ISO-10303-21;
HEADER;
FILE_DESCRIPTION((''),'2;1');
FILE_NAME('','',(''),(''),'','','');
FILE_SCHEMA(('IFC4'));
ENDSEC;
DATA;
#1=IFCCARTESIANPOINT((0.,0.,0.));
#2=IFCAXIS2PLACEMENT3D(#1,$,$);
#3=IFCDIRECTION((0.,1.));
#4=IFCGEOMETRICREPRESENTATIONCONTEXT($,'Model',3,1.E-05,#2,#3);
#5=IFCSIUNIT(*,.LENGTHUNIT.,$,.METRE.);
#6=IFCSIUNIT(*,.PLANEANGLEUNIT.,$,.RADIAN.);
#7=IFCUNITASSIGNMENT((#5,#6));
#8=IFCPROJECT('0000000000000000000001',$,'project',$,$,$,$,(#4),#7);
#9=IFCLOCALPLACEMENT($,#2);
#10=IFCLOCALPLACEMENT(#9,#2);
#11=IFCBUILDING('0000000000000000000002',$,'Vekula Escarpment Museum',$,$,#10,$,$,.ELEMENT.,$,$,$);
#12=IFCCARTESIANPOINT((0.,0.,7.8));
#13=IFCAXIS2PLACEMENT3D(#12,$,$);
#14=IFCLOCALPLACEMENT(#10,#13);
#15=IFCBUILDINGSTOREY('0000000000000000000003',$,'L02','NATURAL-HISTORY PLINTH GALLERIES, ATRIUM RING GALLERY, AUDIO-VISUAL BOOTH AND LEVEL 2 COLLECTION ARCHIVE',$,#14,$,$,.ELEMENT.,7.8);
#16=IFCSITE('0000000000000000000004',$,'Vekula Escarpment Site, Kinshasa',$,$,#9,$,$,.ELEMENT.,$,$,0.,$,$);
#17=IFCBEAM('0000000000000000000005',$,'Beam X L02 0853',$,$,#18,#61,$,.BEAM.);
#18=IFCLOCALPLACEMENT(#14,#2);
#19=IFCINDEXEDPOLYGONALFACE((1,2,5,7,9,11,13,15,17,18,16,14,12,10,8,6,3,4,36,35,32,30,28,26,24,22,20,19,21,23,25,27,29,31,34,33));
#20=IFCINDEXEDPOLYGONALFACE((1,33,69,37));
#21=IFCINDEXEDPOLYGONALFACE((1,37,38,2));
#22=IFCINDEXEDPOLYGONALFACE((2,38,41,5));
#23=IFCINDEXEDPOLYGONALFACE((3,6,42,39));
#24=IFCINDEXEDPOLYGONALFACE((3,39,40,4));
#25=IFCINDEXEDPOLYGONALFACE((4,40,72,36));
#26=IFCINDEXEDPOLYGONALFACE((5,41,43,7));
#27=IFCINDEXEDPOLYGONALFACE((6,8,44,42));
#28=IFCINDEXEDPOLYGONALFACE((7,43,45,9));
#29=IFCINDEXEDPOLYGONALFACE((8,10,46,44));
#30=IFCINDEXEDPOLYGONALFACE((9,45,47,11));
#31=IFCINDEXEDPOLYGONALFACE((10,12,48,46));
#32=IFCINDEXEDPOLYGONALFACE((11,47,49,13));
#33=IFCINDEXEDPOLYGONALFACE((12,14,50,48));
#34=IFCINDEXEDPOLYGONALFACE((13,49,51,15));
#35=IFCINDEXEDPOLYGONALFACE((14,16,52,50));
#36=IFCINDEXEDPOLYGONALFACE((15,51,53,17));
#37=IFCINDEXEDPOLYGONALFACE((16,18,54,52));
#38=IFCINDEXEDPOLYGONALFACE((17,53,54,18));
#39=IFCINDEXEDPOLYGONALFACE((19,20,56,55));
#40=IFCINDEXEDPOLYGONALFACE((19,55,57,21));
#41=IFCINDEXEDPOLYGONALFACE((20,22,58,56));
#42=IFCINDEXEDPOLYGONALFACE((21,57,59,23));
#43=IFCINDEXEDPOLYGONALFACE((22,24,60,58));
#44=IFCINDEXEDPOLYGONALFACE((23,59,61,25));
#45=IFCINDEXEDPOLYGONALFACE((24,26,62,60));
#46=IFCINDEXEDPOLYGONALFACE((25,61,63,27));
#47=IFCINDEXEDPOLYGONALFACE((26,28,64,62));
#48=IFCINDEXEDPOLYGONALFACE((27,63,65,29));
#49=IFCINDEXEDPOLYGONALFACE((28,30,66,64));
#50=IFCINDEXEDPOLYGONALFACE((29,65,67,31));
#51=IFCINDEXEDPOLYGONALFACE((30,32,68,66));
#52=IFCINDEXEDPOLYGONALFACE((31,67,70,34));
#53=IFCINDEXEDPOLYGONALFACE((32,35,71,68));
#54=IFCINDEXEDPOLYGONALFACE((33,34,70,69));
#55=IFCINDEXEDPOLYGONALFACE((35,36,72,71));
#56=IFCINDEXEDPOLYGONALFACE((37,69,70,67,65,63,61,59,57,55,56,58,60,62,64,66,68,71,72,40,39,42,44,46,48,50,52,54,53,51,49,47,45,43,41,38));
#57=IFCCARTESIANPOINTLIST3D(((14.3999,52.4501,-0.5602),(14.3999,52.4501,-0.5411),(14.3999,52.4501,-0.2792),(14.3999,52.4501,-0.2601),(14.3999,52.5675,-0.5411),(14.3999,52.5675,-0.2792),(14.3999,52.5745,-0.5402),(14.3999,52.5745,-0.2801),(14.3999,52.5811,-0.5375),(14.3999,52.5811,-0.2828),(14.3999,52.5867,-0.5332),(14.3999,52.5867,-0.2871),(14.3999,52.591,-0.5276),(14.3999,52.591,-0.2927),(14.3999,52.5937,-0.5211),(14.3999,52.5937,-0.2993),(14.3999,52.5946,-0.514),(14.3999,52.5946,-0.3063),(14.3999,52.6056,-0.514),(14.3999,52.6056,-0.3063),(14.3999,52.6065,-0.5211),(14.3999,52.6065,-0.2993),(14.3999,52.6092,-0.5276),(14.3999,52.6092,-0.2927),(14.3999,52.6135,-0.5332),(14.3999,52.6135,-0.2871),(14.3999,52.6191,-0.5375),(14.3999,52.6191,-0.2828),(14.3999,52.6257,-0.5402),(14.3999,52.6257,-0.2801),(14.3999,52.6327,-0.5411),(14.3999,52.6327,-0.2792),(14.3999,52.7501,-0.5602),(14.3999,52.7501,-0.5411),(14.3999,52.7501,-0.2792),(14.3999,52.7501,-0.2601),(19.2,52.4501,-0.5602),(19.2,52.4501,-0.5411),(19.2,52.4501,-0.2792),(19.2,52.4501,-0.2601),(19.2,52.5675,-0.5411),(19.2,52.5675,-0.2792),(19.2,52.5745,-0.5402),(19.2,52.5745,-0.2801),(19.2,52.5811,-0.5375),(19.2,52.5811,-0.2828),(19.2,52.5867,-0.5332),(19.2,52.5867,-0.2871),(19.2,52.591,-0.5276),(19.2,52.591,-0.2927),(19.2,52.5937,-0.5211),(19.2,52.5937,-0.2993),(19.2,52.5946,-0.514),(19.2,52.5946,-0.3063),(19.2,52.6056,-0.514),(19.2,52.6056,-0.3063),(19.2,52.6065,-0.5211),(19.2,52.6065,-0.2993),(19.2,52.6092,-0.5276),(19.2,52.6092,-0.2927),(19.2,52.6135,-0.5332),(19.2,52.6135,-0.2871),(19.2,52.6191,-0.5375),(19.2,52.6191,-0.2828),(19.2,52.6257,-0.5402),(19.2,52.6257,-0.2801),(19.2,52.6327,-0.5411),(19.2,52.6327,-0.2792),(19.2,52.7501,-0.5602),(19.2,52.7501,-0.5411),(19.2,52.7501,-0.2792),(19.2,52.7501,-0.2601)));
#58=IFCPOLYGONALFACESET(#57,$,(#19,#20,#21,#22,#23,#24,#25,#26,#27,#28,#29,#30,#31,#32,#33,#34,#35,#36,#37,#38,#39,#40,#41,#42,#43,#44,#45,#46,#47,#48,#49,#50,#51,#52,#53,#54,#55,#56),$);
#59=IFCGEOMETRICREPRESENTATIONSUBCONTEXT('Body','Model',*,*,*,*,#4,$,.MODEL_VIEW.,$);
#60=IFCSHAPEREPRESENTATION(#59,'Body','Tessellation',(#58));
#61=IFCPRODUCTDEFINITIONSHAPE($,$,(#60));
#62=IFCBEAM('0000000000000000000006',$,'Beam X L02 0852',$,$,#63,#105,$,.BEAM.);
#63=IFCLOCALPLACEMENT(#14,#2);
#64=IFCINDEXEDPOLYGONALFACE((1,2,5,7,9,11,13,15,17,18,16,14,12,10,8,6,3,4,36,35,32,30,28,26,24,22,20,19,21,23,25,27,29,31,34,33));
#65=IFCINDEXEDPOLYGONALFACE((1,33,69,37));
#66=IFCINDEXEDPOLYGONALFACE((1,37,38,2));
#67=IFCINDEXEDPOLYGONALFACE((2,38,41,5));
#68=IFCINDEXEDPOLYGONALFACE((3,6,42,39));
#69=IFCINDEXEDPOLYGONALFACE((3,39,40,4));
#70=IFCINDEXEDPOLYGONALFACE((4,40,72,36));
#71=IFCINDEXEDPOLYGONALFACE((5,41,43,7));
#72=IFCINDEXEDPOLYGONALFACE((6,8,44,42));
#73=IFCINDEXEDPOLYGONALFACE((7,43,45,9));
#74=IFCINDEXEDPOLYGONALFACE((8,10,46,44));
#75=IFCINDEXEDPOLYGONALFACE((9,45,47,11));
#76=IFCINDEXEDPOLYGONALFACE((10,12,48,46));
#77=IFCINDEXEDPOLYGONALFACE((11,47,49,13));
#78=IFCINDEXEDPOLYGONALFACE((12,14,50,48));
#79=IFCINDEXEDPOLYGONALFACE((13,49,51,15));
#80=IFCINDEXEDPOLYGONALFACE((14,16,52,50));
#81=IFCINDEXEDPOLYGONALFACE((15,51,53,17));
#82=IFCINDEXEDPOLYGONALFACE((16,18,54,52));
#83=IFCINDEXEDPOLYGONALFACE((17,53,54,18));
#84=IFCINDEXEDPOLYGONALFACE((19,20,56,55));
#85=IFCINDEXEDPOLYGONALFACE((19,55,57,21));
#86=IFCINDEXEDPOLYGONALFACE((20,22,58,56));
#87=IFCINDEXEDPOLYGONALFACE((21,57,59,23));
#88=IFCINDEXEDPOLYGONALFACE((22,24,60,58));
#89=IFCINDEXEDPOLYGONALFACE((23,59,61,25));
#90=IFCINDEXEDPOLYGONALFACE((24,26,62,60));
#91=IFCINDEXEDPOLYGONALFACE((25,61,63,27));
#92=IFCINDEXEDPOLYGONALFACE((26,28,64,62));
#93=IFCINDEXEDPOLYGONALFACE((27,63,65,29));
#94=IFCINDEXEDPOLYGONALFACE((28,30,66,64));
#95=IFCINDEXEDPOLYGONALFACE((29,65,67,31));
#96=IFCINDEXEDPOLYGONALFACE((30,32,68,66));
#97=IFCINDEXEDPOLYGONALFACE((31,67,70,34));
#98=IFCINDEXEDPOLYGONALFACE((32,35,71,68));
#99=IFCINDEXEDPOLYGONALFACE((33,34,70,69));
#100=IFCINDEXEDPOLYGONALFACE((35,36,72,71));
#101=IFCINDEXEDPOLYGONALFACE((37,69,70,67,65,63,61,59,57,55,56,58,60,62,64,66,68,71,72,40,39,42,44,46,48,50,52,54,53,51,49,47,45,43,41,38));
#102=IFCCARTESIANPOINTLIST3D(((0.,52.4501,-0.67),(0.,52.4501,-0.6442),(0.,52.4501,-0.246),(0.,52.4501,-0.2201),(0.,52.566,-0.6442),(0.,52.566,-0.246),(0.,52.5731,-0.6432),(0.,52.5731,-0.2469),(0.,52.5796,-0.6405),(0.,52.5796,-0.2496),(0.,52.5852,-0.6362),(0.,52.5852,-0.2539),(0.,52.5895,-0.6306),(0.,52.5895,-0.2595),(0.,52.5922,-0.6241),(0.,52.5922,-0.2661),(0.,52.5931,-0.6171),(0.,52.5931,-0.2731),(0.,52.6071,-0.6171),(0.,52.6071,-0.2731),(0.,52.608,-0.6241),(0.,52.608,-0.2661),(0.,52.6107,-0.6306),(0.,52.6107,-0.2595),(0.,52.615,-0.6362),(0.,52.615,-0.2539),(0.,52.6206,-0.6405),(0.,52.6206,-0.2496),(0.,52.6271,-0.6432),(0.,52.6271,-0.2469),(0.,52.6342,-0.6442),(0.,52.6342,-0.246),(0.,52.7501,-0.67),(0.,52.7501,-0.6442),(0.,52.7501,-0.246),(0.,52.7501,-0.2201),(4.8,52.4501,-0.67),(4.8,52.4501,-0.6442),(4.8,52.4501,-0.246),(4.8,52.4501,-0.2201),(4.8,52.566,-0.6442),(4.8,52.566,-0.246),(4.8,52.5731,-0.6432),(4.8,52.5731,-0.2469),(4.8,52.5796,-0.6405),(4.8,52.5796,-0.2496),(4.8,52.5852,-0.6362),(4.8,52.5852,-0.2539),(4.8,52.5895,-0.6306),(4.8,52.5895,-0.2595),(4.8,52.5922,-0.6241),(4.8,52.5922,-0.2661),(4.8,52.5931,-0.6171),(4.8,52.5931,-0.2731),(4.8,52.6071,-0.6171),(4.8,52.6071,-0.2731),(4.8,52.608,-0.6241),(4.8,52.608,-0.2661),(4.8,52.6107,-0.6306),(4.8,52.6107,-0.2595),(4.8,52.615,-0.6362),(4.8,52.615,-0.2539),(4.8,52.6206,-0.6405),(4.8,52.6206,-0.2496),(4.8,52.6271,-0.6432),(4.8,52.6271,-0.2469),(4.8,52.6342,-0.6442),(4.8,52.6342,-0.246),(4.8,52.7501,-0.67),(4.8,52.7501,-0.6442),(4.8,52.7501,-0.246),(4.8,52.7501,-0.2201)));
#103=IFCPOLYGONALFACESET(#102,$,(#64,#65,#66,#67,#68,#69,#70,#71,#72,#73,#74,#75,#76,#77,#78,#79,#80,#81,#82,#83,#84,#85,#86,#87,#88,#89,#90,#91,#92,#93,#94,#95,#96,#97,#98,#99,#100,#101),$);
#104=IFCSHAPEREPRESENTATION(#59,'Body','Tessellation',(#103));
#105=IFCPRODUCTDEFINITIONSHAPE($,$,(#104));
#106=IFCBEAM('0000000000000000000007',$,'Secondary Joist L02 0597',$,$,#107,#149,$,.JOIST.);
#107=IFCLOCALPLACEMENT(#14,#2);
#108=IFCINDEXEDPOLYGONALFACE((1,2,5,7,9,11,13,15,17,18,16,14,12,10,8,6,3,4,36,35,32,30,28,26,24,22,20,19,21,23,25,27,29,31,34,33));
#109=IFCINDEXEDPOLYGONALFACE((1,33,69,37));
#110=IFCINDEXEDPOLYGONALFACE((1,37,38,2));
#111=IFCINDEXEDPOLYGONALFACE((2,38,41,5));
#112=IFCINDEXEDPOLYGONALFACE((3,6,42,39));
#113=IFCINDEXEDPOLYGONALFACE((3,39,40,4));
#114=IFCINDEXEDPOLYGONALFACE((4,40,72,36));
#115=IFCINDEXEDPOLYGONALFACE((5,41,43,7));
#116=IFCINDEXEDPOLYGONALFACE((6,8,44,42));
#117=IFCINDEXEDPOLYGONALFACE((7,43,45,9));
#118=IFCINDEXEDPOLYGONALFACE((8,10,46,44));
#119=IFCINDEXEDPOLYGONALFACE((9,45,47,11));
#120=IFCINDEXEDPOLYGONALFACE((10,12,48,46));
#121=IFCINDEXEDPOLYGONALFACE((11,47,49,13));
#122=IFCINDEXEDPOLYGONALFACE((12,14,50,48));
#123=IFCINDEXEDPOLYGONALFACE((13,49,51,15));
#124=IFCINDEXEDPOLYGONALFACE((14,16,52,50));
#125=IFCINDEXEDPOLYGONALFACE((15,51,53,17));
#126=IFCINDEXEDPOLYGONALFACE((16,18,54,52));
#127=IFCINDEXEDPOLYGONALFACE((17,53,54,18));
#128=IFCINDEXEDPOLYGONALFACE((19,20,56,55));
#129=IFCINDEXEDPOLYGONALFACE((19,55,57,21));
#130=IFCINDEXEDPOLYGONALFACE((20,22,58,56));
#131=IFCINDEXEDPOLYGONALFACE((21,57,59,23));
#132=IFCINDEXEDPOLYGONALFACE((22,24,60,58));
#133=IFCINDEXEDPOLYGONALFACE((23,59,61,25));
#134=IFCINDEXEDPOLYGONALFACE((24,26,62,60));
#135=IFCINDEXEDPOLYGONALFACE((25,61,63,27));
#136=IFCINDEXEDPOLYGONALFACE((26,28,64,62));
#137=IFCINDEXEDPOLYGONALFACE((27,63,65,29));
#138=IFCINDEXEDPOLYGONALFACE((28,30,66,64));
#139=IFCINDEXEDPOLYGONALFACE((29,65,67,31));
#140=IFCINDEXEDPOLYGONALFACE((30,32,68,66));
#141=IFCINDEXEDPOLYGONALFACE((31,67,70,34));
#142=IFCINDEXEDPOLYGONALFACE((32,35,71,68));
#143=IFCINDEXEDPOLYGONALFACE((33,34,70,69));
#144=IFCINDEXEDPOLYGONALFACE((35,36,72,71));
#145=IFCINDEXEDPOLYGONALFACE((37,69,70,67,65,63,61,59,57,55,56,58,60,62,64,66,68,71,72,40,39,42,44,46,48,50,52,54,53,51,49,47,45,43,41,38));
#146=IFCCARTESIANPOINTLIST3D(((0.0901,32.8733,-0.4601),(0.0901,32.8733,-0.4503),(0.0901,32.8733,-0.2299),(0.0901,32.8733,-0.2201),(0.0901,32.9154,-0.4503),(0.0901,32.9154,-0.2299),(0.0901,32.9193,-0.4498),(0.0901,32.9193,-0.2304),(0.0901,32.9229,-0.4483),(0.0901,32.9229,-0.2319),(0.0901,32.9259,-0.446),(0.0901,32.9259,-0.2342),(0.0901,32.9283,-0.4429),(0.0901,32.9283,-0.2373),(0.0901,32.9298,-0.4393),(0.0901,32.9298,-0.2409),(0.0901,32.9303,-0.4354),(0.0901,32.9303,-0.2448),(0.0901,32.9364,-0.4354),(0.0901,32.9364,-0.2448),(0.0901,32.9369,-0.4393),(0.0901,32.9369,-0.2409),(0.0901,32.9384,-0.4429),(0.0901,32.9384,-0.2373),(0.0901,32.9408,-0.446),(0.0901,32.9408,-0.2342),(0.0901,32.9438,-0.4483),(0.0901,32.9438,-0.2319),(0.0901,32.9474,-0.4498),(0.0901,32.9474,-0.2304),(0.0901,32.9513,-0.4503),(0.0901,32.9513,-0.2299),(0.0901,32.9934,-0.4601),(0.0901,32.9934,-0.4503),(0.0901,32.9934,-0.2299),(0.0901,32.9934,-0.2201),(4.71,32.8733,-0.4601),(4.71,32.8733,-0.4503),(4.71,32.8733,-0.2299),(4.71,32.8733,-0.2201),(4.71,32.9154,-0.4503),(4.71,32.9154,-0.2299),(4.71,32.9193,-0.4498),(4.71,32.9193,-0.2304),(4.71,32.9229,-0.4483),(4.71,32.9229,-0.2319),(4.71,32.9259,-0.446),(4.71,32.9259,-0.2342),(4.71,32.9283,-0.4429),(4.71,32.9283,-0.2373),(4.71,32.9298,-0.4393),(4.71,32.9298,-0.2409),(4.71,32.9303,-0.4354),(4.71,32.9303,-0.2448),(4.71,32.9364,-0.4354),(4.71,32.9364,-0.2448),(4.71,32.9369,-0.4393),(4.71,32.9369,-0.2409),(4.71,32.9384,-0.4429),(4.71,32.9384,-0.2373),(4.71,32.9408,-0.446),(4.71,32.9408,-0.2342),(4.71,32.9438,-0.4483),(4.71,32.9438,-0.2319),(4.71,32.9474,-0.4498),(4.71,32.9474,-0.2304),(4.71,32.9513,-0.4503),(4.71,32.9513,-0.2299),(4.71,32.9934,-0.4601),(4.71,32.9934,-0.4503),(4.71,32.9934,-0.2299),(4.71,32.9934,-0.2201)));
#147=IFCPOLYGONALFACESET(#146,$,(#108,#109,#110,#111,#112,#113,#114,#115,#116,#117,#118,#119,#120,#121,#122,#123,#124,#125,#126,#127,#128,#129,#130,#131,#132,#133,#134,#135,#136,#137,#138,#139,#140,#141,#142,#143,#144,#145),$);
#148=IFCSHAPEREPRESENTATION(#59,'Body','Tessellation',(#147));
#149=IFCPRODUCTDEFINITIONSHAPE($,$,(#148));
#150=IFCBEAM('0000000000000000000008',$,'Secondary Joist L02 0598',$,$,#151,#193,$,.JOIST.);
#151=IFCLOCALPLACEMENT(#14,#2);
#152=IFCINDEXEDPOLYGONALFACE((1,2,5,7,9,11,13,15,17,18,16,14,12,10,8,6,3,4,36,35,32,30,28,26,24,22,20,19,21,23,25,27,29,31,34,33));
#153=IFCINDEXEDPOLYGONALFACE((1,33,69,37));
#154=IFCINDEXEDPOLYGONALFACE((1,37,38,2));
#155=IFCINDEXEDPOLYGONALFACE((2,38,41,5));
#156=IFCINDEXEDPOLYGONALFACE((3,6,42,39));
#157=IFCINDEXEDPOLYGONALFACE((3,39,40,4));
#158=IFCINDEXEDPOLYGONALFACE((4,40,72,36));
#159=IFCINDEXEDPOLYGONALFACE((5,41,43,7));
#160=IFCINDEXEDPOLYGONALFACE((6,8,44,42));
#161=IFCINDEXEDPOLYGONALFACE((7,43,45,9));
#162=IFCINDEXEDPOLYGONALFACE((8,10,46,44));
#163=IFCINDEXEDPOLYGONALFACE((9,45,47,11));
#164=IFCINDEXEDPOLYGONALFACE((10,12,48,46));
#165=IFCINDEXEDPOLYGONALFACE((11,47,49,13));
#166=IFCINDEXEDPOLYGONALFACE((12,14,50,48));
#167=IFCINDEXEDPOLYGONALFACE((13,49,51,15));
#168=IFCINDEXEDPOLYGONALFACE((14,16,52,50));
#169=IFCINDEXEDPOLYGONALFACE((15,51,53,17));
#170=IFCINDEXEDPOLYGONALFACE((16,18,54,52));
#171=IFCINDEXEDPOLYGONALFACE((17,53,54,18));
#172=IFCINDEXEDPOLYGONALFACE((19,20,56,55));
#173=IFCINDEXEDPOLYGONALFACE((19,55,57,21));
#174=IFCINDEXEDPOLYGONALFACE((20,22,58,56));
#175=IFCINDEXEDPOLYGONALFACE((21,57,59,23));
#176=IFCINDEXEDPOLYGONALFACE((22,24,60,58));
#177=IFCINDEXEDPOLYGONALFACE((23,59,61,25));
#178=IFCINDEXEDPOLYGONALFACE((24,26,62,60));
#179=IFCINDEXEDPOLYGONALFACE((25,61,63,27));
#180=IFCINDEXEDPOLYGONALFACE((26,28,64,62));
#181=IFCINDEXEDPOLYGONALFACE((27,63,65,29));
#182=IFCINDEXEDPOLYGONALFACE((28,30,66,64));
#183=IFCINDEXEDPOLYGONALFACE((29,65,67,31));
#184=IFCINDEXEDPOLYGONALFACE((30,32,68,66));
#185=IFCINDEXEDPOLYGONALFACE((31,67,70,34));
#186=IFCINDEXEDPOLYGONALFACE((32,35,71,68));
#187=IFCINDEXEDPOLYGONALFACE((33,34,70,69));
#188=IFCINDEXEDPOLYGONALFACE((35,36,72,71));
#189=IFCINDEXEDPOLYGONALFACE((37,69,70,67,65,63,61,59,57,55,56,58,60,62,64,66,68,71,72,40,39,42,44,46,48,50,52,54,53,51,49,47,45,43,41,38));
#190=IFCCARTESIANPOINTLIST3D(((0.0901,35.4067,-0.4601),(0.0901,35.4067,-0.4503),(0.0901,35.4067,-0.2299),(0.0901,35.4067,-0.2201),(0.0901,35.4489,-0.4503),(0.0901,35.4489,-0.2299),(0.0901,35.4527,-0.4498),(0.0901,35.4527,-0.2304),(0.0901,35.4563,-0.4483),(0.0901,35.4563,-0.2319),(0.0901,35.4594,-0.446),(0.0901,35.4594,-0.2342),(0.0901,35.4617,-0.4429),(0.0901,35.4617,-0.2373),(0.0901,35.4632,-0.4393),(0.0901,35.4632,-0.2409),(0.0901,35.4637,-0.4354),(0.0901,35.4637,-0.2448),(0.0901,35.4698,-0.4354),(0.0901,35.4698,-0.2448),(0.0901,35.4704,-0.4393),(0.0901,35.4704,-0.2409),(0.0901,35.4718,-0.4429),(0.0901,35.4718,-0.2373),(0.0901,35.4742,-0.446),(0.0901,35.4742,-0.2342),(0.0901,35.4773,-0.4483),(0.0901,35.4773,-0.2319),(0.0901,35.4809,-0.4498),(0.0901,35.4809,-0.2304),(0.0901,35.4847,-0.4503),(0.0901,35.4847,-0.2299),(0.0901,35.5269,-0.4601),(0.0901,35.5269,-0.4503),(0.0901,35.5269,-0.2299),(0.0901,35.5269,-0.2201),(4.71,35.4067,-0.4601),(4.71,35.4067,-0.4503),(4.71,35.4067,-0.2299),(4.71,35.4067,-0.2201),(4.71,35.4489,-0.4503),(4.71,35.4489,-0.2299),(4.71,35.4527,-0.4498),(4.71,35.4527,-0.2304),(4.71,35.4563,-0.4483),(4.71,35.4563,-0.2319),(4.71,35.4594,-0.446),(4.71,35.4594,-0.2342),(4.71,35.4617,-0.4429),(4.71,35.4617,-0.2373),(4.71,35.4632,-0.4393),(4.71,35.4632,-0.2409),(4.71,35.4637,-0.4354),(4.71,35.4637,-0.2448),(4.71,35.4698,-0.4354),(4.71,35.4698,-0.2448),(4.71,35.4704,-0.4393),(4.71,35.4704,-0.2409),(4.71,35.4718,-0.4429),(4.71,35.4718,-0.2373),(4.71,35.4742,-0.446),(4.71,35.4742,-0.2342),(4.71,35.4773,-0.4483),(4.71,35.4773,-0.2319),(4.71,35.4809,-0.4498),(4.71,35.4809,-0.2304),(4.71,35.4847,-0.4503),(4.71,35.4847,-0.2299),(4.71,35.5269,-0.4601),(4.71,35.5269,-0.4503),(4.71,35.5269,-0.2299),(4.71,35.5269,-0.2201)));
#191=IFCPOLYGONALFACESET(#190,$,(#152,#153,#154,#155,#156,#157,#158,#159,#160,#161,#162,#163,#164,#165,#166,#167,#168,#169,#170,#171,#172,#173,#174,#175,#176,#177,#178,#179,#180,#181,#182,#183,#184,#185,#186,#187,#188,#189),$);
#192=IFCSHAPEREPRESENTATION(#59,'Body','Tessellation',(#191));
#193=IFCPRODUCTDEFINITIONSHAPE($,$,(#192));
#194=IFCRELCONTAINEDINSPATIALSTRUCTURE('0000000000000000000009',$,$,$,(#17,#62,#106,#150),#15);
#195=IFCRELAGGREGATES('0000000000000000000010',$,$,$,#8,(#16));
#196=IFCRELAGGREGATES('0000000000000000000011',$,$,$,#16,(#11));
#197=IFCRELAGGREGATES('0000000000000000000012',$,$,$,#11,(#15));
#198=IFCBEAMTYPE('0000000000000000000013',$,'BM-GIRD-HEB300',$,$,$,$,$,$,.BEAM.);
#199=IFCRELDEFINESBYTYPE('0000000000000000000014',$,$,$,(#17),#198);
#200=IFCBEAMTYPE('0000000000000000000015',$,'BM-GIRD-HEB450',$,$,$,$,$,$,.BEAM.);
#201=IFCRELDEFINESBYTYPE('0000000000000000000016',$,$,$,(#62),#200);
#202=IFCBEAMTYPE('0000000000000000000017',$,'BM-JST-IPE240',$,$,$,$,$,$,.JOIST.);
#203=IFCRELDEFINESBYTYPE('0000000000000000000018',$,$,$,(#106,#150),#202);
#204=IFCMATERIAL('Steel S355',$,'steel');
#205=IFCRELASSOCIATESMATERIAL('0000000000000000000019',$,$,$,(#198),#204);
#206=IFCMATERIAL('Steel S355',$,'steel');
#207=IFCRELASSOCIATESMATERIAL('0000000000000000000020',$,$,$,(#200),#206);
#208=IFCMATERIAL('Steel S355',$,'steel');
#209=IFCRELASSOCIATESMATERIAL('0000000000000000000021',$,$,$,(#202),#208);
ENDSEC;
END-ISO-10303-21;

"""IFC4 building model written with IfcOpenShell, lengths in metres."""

from ifc_helpers import new_model, si_unit, direction, frame, origin, origin_2d, place, context, subcontext, project, spatial, i_section, extrude, material, material_profile, profile_set, type_object, element, save


model = new_model("IFC4")

# Units and contexts
model_context = context("Model", 3, precision=1e-05, world=origin(), true_north=direction((0.0, 1.0)))
body_context = subcontext(model_context, "Body", "Model", "MODEL_VIEW")
ifc_project = project(units=[si_unit("LENGTHUNIT", "METRE"), si_unit("PLANEANGLEUNIT", "RADIAN")], contexts=[model_context])

# Site, building, storey
site_placement = place(None, origin())
site = spatial("IfcSite", under=ifc_project, at=site_placement, Name="Vekula Escarpment Site, Kinshasa", CompositionType="ELEMENT", RefElevation=0.0)
building_placement = place(site_placement, origin())
building = spatial("IfcBuilding", under=site, at=building_placement, Name="Vekula Escarpment Museum", CompositionType="ELEMENT")
storey_placement = place(building_placement, frame((0.0, 0.0, 7.8)))
storey = spatial("IfcBuildingStorey", under=building, at=storey_placement, Name="L02", Description="NATURAL-HISTORY PLINTH GALLERIES, ATRIUM RING GALLERY, AUDIO-VISUAL BOOTH AND LEVEL 2 COLLECTION ARCHIVE", CompositionType="ELEMENT", Elevation=7.8)

# Beams
ifc_material_1 = material(Name="Steel S355", Category="steel")
ifc_material_profile_1 = material_profile(ifc_material_1, i_section(OverallWidth=0.3, OverallDepth=0.3, WebThickness=0.011, FlangeThickness=0.019, FilletRadius=0.0271, at=origin_2d()), Name="HEB 300")
ifc_profile_set_1 = profile_set([ifc_material_profile_1], Name="Steel S355")
beam_type_1 = type_object("IfcBeamType", Name="BM-GIRD-HEB300", PredefinedType="BEAM", material=ifc_profile_set_1)
beam_1_placement = place(storey_placement, frame((14.3999, 52.6001, -0.4102), z_axis=(1.0, 0.0, 0.0), x_axis=(0.0, 1.0, 0.0)))
element("IfcBeam", 1, at=beam_1_placement, inside=storey, type_object=beam_type_1, Name="Beam X L02 0853", PredefinedType="BEAM", context=body_context, shape_type="SweptSolid", body=[
    extrude(i_section(OverallWidth=0.3, OverallDepth=0.3, WebThickness=0.011, FlangeThickness=0.019, FilletRadius=0.0271, at=origin_2d()), origin(), (0.0, 0.0, 1.0), 4.8),
])
ifc_material_2 = material(Name="Steel S355", Category="steel")
ifc_material_profile_2 = material_profile(ifc_material_2, i_section(OverallWidth=0.3, OverallDepth=0.45, WebThickness=0.0139, FlangeThickness=0.0259, FilletRadius=0.0271, at=origin_2d()), Name="HEB 450")
ifc_profile_set_2 = profile_set([ifc_material_profile_2], Name="Steel S355")
beam_type_2 = type_object("IfcBeamType", Name="BM-GIRD-HEB450", PredefinedType="BEAM", material=ifc_profile_set_2)
beam_2_placement = place(storey_placement, frame((0.0, 52.6001, -0.4451), z_axis=(1.0, 0.0, 0.0), x_axis=(0.0, 1.0, 0.0)))
element("IfcBeam", 2, at=beam_2_placement, inside=storey, type_object=beam_type_2, Name="Beam X L02 0852", PredefinedType="BEAM", context=body_context, shape_type="SweptSolid", body=[
    extrude(i_section(OverallWidth=0.3, OverallDepth=0.45, WebThickness=0.0139, FlangeThickness=0.0259, FilletRadius=0.0271, at=origin_2d()), origin(), (0.0, 0.0, 1.0), 4.8),
])
ifc_material_3 = material(Name="Steel S355", Category="steel")
ifc_material_profile_3 = material_profile(ifc_material_3, i_section(OverallWidth=0.1201, OverallDepth=0.24, WebThickness=0.0061, FlangeThickness=0.0098, FilletRadius=0.0149, at=origin_2d()), Name="IPE 240")
ifc_profile_set_3 = profile_set([ifc_material_profile_3], Name="Steel S355")
beam_type_3 = type_object("IfcBeamType", Name="BM-JST-IPE240", PredefinedType="JOIST", material=ifc_profile_set_3)
for number, where, z_axis, x_axis, name in (
    (3, (0.0901, 32.9333, -0.3401), (1.0, 0.0, 0.0), (0.0, 1.0, 0.0), "Secondary Joist L02 0597"),
    (4, (0.0901, 35.4668, -0.3401), (1.0, 0.0, 0.0), (0.0, 1.0, 0.0), "Secondary Joist L02 0598"),
):
    element("IfcBeam", number, at=place(storey_placement, frame(where, z_axis=z_axis, x_axis=x_axis)), inside=storey, type_object=beam_type_3, Name=name, PredefinedType="JOIST", context=body_context, shape_type="SweptSolid", body=[
        extrude(i_section(OverallWidth=0.1201, OverallDepth=0.24, WebThickness=0.0061, FlangeThickness=0.0098, FilletRadius=0.0149, at=origin_2d()), origin(), (0.0, 0.0, 1.0), 4.6199),
    ])

save(model, "model.ifc")
